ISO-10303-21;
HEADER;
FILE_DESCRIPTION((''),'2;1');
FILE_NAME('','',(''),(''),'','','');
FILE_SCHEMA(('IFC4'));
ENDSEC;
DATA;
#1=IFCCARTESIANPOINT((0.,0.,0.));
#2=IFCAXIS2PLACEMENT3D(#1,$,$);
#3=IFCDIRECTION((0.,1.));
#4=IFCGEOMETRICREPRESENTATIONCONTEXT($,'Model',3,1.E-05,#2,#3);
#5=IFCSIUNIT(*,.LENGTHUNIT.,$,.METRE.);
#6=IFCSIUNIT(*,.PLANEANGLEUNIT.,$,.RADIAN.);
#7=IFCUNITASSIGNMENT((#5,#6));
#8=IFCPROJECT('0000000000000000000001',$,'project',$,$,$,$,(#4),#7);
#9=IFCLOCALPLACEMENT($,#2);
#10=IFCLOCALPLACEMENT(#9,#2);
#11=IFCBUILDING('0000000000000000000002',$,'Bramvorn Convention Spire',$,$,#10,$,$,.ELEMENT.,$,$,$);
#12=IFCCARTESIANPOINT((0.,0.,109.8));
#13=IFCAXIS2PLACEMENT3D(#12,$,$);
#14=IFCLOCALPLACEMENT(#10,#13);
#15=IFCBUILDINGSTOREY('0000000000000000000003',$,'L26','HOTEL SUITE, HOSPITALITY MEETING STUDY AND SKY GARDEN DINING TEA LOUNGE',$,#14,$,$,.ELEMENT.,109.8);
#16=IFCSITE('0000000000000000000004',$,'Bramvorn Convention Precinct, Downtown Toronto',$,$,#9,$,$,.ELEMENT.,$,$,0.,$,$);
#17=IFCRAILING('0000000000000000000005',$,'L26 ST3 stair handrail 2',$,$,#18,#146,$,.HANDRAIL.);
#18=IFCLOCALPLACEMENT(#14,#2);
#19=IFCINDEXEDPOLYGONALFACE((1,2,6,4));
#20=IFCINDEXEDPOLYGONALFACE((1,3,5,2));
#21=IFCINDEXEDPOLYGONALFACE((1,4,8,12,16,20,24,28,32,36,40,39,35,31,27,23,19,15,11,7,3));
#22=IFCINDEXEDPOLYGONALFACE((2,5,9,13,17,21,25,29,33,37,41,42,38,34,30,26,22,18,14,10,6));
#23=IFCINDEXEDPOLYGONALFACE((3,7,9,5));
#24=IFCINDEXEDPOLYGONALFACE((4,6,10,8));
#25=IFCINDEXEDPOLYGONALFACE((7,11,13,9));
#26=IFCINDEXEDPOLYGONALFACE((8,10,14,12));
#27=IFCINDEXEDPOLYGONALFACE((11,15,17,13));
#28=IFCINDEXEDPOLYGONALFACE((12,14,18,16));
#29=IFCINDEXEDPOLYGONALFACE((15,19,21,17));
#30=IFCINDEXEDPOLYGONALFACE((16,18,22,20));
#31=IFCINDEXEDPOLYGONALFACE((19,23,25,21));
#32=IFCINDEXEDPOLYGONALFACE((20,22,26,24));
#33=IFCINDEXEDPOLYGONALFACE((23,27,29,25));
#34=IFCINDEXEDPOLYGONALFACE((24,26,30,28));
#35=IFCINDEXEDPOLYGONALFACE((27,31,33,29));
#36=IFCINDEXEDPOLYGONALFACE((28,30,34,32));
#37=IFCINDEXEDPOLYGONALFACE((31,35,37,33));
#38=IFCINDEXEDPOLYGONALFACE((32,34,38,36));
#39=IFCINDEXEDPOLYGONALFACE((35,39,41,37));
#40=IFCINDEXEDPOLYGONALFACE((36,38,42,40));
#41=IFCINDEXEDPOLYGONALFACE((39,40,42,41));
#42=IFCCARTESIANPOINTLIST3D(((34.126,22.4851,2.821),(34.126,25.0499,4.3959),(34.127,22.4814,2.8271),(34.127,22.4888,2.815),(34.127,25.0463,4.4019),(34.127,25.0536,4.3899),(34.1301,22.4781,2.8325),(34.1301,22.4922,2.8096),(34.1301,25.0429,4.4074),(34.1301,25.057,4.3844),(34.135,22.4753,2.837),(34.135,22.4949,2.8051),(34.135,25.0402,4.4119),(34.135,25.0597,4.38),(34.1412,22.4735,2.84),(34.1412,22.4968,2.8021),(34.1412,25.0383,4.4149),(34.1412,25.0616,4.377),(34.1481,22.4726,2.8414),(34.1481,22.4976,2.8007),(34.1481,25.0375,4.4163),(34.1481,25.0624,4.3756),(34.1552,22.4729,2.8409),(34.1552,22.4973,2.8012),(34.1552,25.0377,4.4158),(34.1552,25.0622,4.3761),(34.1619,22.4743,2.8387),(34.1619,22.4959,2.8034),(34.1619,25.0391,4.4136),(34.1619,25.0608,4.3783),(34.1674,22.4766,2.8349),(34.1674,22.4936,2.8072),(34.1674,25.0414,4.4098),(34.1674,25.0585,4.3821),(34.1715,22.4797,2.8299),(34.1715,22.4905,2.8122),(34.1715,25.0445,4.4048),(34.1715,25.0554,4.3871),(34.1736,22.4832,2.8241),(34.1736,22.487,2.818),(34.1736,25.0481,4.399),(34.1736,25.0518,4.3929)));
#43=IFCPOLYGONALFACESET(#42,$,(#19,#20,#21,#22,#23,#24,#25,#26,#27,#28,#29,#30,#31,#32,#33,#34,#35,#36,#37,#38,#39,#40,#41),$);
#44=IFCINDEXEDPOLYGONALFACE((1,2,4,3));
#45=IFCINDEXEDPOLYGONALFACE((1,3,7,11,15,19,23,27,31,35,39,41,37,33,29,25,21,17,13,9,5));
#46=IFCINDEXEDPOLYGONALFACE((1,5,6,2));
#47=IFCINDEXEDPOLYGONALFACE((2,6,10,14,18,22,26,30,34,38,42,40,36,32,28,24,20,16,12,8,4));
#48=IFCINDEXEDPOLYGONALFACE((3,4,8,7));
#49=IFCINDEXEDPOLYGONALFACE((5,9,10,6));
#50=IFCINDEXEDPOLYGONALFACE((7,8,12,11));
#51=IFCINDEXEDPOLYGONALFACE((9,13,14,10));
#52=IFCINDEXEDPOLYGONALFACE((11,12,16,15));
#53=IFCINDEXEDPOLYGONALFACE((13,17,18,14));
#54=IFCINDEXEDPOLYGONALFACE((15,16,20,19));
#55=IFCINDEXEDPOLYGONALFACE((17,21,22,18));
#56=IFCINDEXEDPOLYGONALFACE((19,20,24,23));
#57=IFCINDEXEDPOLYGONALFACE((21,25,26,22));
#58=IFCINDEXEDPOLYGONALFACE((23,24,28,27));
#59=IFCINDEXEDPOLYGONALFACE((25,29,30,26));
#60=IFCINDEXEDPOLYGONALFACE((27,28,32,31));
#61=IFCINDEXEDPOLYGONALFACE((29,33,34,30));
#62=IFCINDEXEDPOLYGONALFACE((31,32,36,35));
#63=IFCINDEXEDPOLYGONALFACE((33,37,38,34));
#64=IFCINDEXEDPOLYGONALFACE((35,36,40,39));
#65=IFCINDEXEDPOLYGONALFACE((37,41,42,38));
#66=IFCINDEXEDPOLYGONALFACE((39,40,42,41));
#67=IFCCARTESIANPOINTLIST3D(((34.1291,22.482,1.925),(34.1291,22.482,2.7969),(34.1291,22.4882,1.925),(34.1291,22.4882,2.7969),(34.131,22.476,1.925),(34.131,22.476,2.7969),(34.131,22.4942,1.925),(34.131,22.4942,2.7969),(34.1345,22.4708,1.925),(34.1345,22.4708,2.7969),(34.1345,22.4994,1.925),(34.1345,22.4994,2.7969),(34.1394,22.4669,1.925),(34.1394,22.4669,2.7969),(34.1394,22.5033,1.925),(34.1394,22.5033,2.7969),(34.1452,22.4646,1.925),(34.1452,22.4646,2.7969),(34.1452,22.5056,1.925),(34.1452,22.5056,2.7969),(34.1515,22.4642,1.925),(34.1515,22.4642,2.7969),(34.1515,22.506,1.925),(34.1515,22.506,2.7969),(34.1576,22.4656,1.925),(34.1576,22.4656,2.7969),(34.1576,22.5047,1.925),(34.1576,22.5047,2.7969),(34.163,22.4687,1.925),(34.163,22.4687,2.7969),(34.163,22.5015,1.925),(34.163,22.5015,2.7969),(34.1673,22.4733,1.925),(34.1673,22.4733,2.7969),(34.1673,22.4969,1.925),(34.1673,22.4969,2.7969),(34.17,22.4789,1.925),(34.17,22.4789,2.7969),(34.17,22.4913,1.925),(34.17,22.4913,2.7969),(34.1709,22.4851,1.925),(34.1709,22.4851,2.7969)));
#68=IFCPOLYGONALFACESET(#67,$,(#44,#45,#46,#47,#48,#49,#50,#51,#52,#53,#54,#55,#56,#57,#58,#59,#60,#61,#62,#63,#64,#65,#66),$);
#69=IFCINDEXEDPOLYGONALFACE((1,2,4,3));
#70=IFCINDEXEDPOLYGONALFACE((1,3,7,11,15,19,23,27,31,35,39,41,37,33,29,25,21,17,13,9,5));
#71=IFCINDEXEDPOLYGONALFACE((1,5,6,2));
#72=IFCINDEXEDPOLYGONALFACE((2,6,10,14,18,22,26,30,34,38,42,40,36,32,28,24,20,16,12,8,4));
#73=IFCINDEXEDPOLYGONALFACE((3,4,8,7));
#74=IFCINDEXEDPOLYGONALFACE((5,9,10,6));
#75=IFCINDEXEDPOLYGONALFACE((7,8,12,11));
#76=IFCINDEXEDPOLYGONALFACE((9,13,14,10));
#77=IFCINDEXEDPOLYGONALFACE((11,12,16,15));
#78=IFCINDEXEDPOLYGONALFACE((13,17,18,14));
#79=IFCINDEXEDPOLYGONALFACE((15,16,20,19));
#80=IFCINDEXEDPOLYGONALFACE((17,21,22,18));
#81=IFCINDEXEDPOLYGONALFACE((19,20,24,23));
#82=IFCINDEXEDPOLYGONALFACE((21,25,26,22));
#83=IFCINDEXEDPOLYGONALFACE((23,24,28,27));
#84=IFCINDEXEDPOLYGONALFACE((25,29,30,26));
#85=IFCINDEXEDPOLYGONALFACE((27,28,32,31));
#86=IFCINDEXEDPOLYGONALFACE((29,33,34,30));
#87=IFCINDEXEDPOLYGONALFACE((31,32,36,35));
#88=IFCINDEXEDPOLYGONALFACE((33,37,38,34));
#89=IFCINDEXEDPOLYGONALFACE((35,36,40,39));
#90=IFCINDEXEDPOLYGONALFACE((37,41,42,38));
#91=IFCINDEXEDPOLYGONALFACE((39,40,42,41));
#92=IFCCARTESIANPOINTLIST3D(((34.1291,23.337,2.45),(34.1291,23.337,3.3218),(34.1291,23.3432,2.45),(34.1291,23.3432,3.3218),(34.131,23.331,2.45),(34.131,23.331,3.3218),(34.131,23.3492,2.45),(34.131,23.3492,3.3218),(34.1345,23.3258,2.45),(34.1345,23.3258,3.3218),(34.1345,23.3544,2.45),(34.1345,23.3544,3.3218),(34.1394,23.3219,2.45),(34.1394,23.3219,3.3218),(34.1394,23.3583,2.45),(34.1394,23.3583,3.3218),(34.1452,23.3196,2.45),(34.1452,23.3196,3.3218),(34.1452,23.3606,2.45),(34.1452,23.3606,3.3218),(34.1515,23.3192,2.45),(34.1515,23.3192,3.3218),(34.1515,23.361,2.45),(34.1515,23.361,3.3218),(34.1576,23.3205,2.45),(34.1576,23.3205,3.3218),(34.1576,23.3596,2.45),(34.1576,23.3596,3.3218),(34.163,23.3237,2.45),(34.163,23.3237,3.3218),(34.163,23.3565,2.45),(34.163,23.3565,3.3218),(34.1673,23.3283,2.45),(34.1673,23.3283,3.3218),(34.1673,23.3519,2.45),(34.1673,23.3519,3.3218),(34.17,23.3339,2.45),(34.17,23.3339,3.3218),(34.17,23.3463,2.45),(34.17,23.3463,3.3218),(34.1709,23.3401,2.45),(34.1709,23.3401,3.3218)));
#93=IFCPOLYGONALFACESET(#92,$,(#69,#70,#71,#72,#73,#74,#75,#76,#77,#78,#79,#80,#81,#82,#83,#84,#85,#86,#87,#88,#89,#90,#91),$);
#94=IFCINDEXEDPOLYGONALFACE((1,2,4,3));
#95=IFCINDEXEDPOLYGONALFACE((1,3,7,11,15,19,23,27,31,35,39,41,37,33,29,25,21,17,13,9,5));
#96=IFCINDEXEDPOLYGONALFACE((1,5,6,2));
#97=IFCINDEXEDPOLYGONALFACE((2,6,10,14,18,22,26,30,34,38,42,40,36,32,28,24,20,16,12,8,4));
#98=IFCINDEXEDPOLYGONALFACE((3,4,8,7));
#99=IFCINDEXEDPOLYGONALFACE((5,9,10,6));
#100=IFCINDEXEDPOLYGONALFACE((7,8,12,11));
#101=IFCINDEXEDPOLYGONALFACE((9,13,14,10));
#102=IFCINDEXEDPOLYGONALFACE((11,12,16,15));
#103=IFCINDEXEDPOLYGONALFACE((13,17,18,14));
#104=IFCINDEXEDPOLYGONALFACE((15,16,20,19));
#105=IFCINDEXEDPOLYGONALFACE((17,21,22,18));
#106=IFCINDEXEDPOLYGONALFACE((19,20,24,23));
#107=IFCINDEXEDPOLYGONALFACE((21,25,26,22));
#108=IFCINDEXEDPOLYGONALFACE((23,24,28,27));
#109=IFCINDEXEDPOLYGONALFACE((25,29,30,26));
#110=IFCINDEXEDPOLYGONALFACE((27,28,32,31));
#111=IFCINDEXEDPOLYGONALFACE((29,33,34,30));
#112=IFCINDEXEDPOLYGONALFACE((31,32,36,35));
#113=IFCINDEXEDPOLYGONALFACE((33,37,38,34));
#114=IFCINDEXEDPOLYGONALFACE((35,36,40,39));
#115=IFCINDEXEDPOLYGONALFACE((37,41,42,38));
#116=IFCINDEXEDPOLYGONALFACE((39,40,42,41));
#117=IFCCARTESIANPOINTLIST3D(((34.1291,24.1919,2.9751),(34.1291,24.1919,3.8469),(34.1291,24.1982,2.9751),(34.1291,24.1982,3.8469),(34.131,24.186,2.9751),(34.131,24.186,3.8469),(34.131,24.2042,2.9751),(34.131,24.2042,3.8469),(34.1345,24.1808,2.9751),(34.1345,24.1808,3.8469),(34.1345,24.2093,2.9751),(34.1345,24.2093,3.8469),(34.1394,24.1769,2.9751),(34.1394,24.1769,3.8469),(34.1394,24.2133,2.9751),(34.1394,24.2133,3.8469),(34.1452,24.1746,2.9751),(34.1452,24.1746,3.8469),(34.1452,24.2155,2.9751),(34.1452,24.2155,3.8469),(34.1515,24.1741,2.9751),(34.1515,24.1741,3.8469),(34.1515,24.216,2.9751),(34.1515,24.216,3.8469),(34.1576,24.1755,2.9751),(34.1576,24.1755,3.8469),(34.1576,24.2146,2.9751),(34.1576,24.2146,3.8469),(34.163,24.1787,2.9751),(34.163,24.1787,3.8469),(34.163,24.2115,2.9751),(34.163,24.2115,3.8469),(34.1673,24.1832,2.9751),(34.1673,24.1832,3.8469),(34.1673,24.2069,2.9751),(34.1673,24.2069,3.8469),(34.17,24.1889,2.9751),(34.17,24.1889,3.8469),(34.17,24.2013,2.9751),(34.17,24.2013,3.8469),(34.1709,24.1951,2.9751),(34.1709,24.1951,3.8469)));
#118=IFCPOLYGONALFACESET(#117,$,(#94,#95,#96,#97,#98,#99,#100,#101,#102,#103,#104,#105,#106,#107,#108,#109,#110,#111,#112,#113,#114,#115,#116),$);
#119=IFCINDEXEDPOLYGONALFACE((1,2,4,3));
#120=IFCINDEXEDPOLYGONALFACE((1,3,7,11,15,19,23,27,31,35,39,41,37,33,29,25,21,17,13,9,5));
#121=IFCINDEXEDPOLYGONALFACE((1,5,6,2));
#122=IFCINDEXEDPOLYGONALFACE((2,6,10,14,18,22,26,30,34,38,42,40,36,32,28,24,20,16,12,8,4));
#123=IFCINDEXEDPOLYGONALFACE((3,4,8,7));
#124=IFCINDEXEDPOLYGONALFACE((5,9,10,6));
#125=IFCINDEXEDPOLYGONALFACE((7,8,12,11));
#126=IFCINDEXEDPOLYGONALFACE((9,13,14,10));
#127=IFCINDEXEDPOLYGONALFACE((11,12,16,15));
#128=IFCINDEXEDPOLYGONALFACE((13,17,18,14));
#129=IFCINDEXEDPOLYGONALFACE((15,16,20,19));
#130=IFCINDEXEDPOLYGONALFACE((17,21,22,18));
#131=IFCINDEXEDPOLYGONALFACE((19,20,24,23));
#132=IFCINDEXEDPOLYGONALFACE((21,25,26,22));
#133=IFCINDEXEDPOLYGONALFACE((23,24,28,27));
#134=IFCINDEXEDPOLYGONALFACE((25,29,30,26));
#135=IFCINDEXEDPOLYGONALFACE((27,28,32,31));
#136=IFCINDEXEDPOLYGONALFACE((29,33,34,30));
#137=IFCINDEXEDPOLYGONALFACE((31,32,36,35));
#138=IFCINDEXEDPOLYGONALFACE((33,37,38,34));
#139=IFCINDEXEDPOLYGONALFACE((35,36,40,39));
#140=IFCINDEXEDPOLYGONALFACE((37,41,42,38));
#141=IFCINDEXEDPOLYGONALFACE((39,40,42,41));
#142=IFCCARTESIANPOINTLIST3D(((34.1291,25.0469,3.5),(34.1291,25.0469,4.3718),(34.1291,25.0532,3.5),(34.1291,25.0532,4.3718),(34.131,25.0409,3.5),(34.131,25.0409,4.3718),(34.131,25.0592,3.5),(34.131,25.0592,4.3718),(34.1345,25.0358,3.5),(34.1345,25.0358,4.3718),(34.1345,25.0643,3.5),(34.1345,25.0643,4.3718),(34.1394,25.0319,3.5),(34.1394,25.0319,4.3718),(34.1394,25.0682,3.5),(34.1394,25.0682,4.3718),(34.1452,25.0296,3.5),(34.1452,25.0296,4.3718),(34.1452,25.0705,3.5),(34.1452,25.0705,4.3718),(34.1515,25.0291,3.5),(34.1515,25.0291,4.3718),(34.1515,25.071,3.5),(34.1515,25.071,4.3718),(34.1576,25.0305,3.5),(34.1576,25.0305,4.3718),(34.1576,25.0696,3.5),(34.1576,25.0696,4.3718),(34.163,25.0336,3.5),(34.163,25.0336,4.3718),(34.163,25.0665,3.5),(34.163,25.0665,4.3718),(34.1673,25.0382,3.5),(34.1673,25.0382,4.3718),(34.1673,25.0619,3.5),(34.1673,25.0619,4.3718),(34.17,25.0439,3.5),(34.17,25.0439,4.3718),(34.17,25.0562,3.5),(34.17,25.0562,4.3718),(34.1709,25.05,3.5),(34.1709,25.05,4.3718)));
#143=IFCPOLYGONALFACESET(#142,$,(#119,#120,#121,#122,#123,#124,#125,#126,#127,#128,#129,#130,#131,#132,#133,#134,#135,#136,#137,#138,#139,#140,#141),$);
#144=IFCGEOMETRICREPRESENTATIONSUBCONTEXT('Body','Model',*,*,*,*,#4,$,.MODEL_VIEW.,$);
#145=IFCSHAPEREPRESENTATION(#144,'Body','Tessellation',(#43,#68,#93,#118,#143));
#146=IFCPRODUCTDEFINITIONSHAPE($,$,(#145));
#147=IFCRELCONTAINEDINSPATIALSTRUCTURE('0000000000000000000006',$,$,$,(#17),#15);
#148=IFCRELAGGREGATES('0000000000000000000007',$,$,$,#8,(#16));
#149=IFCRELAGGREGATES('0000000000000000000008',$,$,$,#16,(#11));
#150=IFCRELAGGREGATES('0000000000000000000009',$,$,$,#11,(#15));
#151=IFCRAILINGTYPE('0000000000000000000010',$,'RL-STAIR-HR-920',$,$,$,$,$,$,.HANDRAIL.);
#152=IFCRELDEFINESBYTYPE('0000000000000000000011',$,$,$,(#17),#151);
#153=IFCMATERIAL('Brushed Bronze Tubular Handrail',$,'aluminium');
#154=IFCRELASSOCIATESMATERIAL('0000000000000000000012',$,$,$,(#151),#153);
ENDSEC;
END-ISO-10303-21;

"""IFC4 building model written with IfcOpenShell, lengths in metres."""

from ifc_helpers import new_model, si_unit, direction, frame, origin, origin_2d, place, context, subcontext, project, spatial, circle, extrude, material, type_object, element, save


model = new_model("IFC4")

# Units and contexts
model_context = context("Model", 3, precision=1e-05, world=origin(), true_north=direction((0.0, 1.0)))
body_context = subcontext(model_context, "Body", "Model", "MODEL_VIEW")
ifc_project = project(units=[si_unit("LENGTHUNIT", "METRE"), si_unit("PLANEANGLEUNIT", "RADIAN")], contexts=[model_context])

# Site, building, storey
site_placement = place(None, origin())
site = spatial("IfcSite", under=ifc_project, at=site_placement, Name="Bramvorn Convention Precinct, Downtown Toronto", CompositionType="ELEMENT", RefElevation=0.0)
building_placement = place(site_placement, origin())
building = spatial("IfcBuilding", under=site, at=building_placement, Name="Bramvorn Convention Spire", CompositionType="ELEMENT")
storey_placement = place(building_placement, frame((0.0, 0.0, 109.8)))
storey = spatial("IfcBuildingStorey", under=building, at=storey_placement, Name="L26", Description="HOTEL SUITE, HOSPITALITY MEETING STUDY AND SKY GARDEN DINING TEA LOUNGE", CompositionType="ELEMENT", Elevation=109.8)

# Railing
ifc_material_1 = material(Name="Brushed Bronze Tubular Handrail", Category="aluminium")
railing_type_1 = type_object("IfcRailingType", Name="RL-STAIR-HR-920", PredefinedType="HANDRAIL", material=ifc_material_1)
railing_1_placement = place(storey_placement, frame((34.1499, 22.4851, 1.925)))
element("IfcRailing", 1, at=railing_1_placement, inside=storey, type_object=railing_type_1, Name="L26 ST3 stair handrail 2", PredefinedType="HANDRAIL", context=body_context, shape_type="SweptSolid", body=[
    extrude(circle(Radius=0.0239, at=origin_2d()), frame((0.0, 0.0, 0.896), z_axis=(0.0, 0.852173, 0.52326), x_axis=(-1.0, 0.0, 0.0)), (0.0, 0.0, 1.0), 3.0098),
    extrude(circle(Radius=0.021, at=origin_2d()), origin(), (0.0, 0.0, 1.0), 0.8718),
    extrude(circle(Radius=0.021, at=origin_2d()), frame((0.0, 0.855, 0.5249)), (0.0, 0.0, 1.0), 0.8718),
    extrude(circle(Radius=0.021, at=origin_2d()), frame((0.0, 1.71, 1.05)), (0.0, 0.0, 1.0), 0.8718),
    extrude(circle(Radius=0.021, at=origin_2d()), frame((0.0, 2.5649, 1.575)), (0.0, 0.0, 1.0), 0.8718),
])

save(model, "model.ifc")
